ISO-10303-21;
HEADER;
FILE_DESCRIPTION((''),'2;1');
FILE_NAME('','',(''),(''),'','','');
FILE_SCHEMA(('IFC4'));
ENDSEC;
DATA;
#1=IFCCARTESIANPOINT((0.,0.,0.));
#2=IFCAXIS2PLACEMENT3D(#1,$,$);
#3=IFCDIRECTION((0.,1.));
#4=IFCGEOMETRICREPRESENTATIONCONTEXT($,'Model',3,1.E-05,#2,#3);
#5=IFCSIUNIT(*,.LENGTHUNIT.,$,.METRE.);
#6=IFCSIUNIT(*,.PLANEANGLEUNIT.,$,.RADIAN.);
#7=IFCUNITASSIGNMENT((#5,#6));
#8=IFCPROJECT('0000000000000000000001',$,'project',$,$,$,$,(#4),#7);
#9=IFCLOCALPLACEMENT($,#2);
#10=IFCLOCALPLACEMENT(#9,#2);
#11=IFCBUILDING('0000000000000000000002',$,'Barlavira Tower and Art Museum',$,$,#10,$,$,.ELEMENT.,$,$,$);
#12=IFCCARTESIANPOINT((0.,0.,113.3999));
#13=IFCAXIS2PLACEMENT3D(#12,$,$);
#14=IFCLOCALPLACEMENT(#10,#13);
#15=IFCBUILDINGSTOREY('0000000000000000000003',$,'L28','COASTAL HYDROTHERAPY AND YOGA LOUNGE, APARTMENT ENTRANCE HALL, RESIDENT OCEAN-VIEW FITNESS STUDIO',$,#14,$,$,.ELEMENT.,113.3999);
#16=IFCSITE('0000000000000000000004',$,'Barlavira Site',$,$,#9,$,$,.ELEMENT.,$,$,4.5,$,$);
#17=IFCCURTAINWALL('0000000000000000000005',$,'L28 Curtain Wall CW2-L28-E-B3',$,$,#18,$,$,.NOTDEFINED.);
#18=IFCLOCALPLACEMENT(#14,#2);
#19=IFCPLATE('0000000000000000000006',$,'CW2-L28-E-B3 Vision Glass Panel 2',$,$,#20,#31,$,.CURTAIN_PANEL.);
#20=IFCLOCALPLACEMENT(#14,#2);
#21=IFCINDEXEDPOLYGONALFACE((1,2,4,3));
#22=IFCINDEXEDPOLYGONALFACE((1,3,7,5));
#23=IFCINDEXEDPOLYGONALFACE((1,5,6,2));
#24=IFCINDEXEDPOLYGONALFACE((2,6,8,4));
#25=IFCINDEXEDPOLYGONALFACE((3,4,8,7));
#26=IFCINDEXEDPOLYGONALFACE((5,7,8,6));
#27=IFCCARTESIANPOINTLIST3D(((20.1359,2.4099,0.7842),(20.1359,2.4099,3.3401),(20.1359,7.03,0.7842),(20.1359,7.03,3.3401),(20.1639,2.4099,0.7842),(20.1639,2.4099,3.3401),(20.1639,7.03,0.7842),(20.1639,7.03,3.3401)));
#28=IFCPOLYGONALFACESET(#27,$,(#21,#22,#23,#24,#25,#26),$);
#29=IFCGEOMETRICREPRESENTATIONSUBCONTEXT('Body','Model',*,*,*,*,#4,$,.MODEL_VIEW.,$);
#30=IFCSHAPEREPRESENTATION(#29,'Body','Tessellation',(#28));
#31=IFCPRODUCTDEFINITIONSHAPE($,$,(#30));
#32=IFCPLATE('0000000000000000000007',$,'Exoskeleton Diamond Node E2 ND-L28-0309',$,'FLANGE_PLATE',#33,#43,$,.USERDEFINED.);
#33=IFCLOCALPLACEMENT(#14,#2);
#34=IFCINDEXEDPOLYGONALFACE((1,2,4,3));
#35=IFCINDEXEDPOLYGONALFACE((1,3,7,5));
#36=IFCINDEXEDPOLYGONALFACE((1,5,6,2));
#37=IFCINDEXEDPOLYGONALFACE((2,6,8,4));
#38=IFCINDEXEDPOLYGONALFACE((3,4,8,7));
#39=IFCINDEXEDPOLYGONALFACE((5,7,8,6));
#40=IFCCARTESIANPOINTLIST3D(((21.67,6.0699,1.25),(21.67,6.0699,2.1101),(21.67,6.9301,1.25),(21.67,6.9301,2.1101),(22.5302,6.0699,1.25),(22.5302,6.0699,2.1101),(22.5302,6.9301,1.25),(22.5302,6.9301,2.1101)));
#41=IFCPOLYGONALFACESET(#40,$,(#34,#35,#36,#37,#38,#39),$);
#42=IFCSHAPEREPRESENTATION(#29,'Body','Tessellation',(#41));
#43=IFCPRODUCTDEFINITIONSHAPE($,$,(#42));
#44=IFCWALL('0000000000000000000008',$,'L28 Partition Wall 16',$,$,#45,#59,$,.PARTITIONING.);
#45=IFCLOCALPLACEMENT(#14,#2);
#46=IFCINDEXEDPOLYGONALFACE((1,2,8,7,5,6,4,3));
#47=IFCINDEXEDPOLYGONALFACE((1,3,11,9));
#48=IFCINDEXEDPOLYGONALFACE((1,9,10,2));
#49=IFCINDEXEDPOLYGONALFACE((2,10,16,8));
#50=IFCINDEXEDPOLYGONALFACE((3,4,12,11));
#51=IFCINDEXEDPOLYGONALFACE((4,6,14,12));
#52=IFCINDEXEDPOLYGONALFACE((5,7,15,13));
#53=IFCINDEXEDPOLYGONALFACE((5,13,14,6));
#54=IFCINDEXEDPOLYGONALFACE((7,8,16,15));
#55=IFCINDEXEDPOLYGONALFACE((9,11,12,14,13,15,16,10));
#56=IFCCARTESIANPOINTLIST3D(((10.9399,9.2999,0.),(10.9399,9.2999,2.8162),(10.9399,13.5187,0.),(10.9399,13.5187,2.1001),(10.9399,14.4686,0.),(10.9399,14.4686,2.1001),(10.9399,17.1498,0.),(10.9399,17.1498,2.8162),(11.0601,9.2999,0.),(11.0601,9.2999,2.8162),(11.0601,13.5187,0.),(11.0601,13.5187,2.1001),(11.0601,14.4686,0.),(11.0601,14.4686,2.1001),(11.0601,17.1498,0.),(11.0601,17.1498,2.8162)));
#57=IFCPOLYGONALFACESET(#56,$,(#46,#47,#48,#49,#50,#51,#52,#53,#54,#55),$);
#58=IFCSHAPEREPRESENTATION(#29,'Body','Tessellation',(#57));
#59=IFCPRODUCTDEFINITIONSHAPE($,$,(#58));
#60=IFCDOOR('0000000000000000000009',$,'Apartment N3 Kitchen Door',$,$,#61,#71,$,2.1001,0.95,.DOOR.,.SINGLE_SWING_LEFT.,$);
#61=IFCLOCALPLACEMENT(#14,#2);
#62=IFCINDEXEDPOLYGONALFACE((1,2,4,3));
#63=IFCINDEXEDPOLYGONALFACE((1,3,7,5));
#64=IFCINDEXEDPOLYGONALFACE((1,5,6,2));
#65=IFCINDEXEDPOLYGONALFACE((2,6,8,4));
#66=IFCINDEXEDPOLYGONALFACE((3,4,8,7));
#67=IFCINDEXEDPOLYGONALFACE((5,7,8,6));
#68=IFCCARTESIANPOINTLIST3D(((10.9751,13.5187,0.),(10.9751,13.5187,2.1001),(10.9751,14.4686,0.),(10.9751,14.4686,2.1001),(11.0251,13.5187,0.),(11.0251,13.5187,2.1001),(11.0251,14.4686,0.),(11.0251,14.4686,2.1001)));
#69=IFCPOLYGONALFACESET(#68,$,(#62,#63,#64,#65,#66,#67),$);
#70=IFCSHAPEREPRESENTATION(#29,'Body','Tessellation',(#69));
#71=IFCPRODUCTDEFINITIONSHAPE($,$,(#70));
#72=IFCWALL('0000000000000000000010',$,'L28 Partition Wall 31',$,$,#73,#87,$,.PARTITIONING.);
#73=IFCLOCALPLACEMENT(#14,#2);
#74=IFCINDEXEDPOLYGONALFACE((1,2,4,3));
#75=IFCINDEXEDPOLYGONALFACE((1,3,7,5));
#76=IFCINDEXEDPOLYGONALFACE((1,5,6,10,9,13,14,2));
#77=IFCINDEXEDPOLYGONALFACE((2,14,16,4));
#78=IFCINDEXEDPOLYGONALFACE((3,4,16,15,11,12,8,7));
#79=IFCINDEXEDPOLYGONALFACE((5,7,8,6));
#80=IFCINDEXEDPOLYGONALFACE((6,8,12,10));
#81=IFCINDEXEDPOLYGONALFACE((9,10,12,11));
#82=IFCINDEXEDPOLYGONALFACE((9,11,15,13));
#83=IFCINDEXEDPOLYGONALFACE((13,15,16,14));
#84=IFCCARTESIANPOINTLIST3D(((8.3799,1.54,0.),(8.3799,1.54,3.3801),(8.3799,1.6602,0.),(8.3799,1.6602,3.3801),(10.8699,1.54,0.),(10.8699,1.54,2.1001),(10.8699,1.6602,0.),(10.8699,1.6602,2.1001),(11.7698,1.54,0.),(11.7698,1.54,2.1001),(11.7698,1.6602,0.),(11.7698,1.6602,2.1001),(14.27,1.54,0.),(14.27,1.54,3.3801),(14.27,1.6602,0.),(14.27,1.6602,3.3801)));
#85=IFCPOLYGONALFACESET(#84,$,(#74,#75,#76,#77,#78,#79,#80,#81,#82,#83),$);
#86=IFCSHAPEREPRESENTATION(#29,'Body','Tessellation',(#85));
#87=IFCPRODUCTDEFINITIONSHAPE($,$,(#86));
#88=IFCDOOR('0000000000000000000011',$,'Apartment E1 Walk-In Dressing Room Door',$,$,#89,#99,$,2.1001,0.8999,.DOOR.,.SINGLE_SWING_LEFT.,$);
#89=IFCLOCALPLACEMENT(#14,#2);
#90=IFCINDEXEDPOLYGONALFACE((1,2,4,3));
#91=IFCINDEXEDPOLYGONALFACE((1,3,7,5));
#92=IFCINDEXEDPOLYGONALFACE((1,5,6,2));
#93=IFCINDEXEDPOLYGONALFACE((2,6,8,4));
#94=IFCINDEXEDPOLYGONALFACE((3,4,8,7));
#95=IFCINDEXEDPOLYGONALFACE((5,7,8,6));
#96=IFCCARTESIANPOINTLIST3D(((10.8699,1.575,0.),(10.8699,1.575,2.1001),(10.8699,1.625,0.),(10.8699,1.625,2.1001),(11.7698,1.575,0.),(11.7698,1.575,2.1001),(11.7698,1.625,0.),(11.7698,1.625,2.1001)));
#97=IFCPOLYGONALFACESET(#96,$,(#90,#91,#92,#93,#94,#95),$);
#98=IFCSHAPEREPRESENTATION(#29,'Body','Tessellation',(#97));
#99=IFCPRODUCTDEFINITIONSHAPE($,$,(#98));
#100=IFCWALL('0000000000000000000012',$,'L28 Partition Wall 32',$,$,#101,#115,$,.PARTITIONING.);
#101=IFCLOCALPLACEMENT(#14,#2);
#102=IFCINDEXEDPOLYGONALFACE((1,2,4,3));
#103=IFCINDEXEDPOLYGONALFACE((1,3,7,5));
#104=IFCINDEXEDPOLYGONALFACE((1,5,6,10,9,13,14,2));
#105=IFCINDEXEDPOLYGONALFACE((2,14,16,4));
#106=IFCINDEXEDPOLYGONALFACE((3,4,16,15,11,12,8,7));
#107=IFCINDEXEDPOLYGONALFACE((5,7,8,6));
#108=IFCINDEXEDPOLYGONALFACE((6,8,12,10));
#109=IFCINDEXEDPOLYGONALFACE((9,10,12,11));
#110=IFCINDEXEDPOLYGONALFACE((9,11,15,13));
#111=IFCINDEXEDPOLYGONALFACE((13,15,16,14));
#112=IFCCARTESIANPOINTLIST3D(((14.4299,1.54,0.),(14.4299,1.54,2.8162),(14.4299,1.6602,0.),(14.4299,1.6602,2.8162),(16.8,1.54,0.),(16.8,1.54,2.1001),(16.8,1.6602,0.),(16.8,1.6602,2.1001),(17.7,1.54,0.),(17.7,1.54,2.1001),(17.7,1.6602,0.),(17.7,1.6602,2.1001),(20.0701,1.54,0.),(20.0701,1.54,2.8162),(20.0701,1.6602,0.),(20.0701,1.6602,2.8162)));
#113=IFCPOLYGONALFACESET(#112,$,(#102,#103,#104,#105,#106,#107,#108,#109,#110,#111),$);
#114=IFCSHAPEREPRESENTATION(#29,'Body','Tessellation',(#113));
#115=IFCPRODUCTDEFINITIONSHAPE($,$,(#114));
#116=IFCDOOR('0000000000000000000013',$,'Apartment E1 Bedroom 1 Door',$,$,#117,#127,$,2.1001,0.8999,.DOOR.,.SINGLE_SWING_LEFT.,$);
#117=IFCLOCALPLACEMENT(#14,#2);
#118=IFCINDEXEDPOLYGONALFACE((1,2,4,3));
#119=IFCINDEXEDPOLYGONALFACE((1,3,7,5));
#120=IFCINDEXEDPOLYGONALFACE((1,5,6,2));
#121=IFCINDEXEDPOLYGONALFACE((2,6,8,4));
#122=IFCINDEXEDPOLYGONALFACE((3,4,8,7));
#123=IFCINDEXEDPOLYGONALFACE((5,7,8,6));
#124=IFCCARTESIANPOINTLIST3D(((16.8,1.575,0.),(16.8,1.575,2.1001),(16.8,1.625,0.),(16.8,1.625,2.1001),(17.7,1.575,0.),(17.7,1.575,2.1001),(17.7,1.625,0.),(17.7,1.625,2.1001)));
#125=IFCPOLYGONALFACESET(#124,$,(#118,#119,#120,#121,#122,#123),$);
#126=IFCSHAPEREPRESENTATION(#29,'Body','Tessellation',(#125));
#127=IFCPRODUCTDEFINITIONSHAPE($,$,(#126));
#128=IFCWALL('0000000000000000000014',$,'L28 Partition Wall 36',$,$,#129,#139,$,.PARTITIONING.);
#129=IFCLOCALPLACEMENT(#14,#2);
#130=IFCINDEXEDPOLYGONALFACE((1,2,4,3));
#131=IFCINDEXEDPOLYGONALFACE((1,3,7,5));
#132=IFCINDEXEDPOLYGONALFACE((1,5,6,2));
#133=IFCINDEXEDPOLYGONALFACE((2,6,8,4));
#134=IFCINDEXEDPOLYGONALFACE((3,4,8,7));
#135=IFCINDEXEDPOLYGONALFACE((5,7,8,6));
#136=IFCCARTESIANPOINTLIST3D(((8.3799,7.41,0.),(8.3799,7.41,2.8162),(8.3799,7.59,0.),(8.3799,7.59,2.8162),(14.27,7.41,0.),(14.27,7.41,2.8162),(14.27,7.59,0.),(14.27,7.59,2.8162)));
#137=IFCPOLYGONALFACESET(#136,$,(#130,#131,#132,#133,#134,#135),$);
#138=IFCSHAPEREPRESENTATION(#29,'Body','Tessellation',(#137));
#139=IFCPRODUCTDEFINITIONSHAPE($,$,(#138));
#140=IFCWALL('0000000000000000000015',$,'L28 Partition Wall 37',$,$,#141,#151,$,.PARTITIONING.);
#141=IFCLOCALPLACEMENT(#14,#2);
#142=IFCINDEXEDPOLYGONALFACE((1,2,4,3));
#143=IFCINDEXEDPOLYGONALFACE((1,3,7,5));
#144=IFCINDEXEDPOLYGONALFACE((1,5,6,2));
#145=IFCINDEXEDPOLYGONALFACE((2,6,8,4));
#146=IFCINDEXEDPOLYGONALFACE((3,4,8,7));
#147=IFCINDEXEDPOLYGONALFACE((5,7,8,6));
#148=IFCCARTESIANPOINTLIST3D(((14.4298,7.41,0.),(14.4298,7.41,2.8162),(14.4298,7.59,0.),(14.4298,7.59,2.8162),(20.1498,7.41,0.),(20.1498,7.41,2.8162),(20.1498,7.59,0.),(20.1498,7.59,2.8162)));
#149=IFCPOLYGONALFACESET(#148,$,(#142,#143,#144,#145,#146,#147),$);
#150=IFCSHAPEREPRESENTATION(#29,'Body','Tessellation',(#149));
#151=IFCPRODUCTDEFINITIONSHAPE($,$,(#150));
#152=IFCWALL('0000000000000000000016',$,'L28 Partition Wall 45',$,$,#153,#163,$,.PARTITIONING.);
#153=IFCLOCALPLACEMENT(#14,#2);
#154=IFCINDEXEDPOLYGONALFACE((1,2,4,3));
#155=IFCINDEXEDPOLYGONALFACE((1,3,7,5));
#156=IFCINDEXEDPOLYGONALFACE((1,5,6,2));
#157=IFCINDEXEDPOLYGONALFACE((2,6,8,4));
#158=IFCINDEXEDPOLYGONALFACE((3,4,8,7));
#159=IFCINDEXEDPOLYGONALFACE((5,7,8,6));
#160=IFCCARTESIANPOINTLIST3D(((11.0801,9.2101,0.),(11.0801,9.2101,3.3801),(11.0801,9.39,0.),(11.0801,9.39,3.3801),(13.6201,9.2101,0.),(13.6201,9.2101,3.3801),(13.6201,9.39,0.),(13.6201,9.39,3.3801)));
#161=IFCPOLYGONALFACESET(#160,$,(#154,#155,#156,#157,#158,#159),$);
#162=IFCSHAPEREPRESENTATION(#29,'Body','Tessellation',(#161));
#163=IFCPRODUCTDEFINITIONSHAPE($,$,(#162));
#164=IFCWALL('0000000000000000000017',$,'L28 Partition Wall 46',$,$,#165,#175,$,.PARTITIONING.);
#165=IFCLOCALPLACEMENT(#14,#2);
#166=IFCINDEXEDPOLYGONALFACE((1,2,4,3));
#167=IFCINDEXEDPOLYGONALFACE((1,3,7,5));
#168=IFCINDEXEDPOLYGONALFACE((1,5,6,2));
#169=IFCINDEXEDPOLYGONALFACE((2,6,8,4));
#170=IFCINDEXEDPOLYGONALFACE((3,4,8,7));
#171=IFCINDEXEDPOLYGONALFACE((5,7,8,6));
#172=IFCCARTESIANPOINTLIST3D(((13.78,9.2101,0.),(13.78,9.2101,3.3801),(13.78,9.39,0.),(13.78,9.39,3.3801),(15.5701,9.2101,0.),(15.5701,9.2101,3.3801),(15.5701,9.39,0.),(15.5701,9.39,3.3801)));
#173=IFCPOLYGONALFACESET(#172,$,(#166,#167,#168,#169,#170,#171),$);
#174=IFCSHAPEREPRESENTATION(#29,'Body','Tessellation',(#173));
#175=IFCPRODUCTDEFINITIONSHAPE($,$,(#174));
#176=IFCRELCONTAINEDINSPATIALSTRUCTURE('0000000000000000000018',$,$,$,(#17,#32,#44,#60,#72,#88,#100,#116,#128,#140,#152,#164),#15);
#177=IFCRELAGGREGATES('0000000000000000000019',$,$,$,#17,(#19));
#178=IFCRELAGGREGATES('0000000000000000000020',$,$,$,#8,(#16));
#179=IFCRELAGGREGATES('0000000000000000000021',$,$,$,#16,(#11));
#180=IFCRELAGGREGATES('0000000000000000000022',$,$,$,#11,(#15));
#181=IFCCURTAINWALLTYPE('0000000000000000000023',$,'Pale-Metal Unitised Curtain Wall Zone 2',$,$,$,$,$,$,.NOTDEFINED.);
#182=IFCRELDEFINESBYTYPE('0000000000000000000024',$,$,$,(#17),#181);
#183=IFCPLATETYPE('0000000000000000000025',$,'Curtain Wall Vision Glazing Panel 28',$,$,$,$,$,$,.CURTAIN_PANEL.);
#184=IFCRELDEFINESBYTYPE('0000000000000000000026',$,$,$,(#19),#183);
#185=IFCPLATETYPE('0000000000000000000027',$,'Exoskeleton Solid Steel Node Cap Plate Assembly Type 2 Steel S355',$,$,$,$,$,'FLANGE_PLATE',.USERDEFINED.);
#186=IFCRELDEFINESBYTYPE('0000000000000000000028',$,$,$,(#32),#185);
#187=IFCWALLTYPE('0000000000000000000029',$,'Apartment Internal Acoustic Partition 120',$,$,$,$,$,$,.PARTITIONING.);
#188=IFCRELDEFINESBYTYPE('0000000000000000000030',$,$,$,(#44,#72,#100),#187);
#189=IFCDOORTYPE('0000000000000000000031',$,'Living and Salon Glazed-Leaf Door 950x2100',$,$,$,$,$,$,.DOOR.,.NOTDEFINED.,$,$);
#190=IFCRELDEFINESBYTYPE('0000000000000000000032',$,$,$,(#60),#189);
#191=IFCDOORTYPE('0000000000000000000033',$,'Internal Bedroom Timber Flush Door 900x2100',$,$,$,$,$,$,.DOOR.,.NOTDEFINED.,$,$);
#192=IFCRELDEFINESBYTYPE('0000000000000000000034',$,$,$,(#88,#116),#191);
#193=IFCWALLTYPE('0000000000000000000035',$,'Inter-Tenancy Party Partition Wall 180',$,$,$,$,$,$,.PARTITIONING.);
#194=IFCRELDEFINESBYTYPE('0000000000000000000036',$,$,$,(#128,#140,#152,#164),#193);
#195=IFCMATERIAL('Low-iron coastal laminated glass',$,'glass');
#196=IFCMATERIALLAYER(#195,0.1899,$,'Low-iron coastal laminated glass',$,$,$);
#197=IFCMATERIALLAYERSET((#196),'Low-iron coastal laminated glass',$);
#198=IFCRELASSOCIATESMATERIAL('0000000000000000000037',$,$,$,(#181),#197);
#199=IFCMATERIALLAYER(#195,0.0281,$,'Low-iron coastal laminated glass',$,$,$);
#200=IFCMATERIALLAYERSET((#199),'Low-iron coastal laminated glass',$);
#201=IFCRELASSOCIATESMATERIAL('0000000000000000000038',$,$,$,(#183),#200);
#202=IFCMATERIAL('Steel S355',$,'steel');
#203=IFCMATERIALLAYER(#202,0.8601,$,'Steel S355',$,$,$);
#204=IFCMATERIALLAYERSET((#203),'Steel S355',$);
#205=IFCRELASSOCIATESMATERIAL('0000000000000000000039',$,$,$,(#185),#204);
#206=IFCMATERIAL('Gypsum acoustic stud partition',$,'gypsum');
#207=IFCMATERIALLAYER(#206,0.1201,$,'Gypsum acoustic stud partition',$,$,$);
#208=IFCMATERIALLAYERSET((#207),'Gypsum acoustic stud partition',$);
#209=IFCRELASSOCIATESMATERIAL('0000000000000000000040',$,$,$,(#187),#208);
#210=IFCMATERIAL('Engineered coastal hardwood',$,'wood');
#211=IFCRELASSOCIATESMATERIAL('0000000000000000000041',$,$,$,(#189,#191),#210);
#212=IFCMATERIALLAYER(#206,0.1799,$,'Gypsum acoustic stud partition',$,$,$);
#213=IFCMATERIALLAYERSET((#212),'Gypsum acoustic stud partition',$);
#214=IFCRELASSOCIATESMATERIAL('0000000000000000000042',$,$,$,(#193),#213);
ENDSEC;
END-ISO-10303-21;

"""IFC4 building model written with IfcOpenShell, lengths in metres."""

from ifc_helpers import new_model, si_unit, direction, frame, frame_2d, origin, origin_2d, place, context, subcontext, project, spatial, rectangle, extrude, material, layer, layer_set, type_object, element, fill, aggregate, save


model = new_model("IFC4")

# Units and contexts
model_context = context("Model", 3, precision=1e-05, world=origin(), true_north=direction((0.0, 1.0)))
body_context = subcontext(model_context, "Body", "Model", "MODEL_VIEW")
ifc_project = project(units=[si_unit("LENGTHUNIT", "METRE"), si_unit("PLANEANGLEUNIT", "RADIAN")], contexts=[model_context])

# Site, building, storey
site_placement = place(None, origin())
site = spatial("IfcSite", under=ifc_project, at=site_placement, Name="Barlavira Site", CompositionType="ELEMENT", RefElevation=4.5)
building_placement = place(site_placement, origin())
building = spatial("IfcBuilding", under=site, at=building_placement, Name="Barlavira Tower and Art Museum", CompositionType="ELEMENT")
storey_placement = place(building_placement, frame((0.0, 0.0, 113.3999)))
storey = spatial("IfcBuildingStorey", under=building, at=storey_placement, Name="L28", Description="COASTAL HYDROTHERAPY AND YOGA LOUNGE, APARTMENT ENTRANCE HALL, RESIDENT OCEAN-VIEW FITNESS STUDIO", CompositionType="ELEMENT", Elevation=113.3999)

# Curtain wall
ifc_material_1 = material(Name="Low-iron coastal laminated glass", Category="glass")
ifc_layer_1 = layer(ifc_material_1, 0.1899, Name="Low-iron coastal laminated glass")
ifc_layer_set_1 = layer_set([ifc_layer_1], Name="Low-iron coastal laminated glass")
curtain_wall_type = type_object("IfcCurtainWallType", Name="Pale-Metal Unitised Curtain Wall Zone 2", PredefinedType="NOTDEFINED", material=ifc_layer_set_1)
curtain_wall_placement = place(storey_placement, origin())
curtain_wall = element("IfcCurtainWall", 1, at=curtain_wall_placement, inside=storey, type_object=curtain_wall_type, Name="L28 Curtain Wall CW2-L28-E-B3", PredefinedType="NOTDEFINED")

# Shared definitions
ifc_material_2 = material(Name="Steel S355", Category="steel")

# Plates
ifc_layer_2 = layer(ifc_material_1, 0.0281, Name="Low-iron coastal laminated glass")
ifc_layer_set_2 = layer_set([ifc_layer_2], Name="Low-iron coastal laminated glass")
plate_type_1 = type_object("IfcPlateType", Name="Curtain Wall Vision Glazing Panel 28", PredefinedType="CURTAIN_PANEL", material=ifc_layer_set_2)
plate_1_placement = place(storey_placement, frame((20.1499, 4.72, 0.7842), z_axis=(0.0, 0.0, 1.0), x_axis=(0.0, 1.0, 0.0)))
plate_1 = element("IfcPlate", 2, at=plate_1_placement, type_object=plate_type_1, Name="CW2-L28-E-B3 Vision Glass Panel 2", PredefinedType="CURTAIN_PANEL", context=body_context, shape_type="SweptSolid", body=[
    extrude(rectangle(XDim=4.6201, YDim=0.0281, at=origin_2d()), origin(), (0.0, 0.0, 1.0), 2.5559),
])
aggregate(curtain_wall, [plate_1])
ifc_layer_3 = layer(ifc_material_2, 0.8601, Name="Steel S355")
ifc_layer_set_3 = layer_set([ifc_layer_3], Name="Steel S355")
plate_type_2 = type_object("IfcPlateType", Name="Exoskeleton Solid Steel Node Cap Plate Assembly Type 2 Steel S355", ElementType="FLANGE_PLATE", PredefinedType="USERDEFINED", material=ifc_layer_set_3)
plate_2_placement = place(storey_placement, frame((22.1001, 6.5, 1.25), z_axis=(0.0, 0.0, 1.0), x_axis=(1.0, 0.0, 0.0)))
element("IfcPlate", 3, at=plate_2_placement, inside=storey, type_object=plate_type_2, Name="Exoskeleton Diamond Node E2 ND-L28-0309", ObjectType="FLANGE_PLATE", PredefinedType="USERDEFINED", context=body_context, shape_type="SweptSolid", body=[
    extrude(rectangle(XDim=0.8601, YDim=0.8601, at=origin_2d()), origin(), (0.0, 0.0, 1.0), 0.8601),
])

# Walls, openings, doors
ifc_material_3 = material(Name="Gypsum acoustic stud partition", Category="gypsum")
ifc_layer_4 = layer(ifc_material_3, 0.1201, Name="Gypsum acoustic stud partition")
ifc_layer_set_4 = layer_set([ifc_layer_4], Name="Gypsum acoustic stud partition")
wall_type_1 = type_object("IfcWallType", Name="Apartment Internal Acoustic Partition 120", PredefinedType="PARTITIONING", material=ifc_layer_set_4)
wall_1_placement = place(storey_placement, frame((11.0, 9.3, 0.0), z_axis=(0.0, 0.0, 1.0), x_axis=(0.0, 1.0, 0.0)))
wall_1 = element("IfcWall", 4, at=wall_1_placement, inside=storey, type_object=wall_type_1, Name="L28 Partition Wall 16", PredefinedType="PARTITIONING", context=body_context, shape_type="SweptSolid", body=[
    extrude(rectangle(XDim=7.8499, YDim=0.1201, at=frame_2d((3.9248, 0.0))), origin(), (0.0, 0.0, 1.0), 2.8162),
])
opening_1_placement = place(wall_1_placement, frame((4.2185, 0.0, 0.0)))
opening_1 = element("IfcOpeningElement", 5, at=opening_1_placement, cuts=wall_1, PredefinedType="OPENING", context=body_context, shape_type="SweptSolid", body=[
    extrude(rectangle(XDim=0.95, YDim=2.1001, at=frame_2d((0.4751, 1.05))), frame((0.0, 0.0701, 0.0), z_axis=(0.0, -1.0, 0.0), x_axis=(1.0, 0.0, 0.0)), (0.0, 0.0, 1.0), 0.1401),
])
ifc_material_4 = material(Name="Engineered coastal hardwood", Category="wood")
door_type_1 = type_object("IfcDoorType", Name="Living and Salon Glazed-Leaf Door 950x2100", OperationType="NOTDEFINED", PredefinedType="DOOR", material=ifc_material_4)
door_1_placement = place(opening_1_placement, origin())
door_1 = element("IfcDoor", 6, at=door_1_placement, inside=storey, type_object=door_type_1, Name="Apartment N3 Kitchen Door", OperationType="SINGLE_SWING_LEFT", OverallHeight=2.1001, OverallWidth=0.95, PredefinedType="DOOR", context=body_context, shape_type="SweptSolid", body=[
    extrude(rectangle(XDim=0.95, YDim=2.1001, at=frame_2d((0.4751, 1.05))), frame((0.0, 0.0249, 0.0), z_axis=(0.0, -1.0, 0.0), x_axis=(1.0, 0.0, 0.0)), (0.0, 0.0, 1.0), 0.05),
])
fill(opening_1, door_1)
wall_2_placement = place(storey_placement, frame((8.3799, 1.6001, 0.0), z_axis=(0.0, 0.0, 1.0), x_axis=(1.0, 0.0, 0.0)))
wall_2 = element("IfcWall", 7, at=wall_2_placement, inside=storey, type_object=wall_type_1, Name="L28 Partition Wall 31", PredefinedType="PARTITIONING", context=body_context, shape_type="SweptSolid", body=[
    extrude(rectangle(XDim=5.8901, YDim=0.1201, at=frame_2d((2.9451, 0.0))), origin(), (0.0, 0.0, 1.0), 3.3801),
])
opening_2_placement = place(wall_2_placement, frame((2.49, 0.0, 0.0)))
opening_2 = element("IfcOpeningElement", 8, at=opening_2_placement, cuts=wall_2, PredefinedType="OPENING", context=body_context, shape_type="SweptSolid", body=[
    extrude(rectangle(XDim=0.8999, YDim=2.1001, at=frame_2d((0.45, 1.05))), frame((0.0, 0.0701, 0.0), z_axis=(0.0, -1.0, 0.0), x_axis=(1.0, 0.0, 0.0)), (0.0, 0.0, 1.0), 0.1401),
])
door_type_2 = type_object("IfcDoorType", Name="Internal Bedroom Timber Flush Door 900x2100", OperationType="NOTDEFINED", PredefinedType="DOOR", material=ifc_material_4)
door_2_placement = place(opening_2_placement, origin())
door_2 = element("IfcDoor", 9, at=door_2_placement, inside=storey, type_object=door_type_2, Name="Apartment E1 Walk-In Dressing Room Door", OperationType="SINGLE_SWING_LEFT", OverallHeight=2.1001, OverallWidth=0.8999, PredefinedType="DOOR", context=body_context, shape_type="SweptSolid", body=[
    extrude(rectangle(XDim=0.8999, YDim=2.1001, at=frame_2d((0.45, 1.05))), frame((0.0, 0.0249, 0.0), z_axis=(0.0, -1.0, 0.0), x_axis=(1.0, 0.0, 0.0)), (0.0, 0.0, 1.0), 0.05),
])
fill(opening_2, door_2)
wall_3_placement = place(storey_placement, frame((14.4299, 1.6001, 0.0), z_axis=(0.0, 0.0, 1.0), x_axis=(1.0, 0.0, 0.0)))
wall_3 = element("IfcWall", 10, at=wall_3_placement, inside=storey, type_object=wall_type_1, Name="L28 Partition Wall 32", PredefinedType="PARTITIONING", context=body_context, shape_type="SweptSolid", body=[
    extrude(rectangle(XDim=5.6401, YDim=0.1201, at=frame_2d((2.8201, 0.0))), origin(), (0.0, 0.0, 1.0), 2.8162),
])
opening_3_placement = place(wall_3_placement, frame((2.3701, 0.0, 0.0)))
opening_3 = element("IfcOpeningElement", 11, at=opening_3_placement, cuts=wall_3, PredefinedType="OPENING", context=body_context, shape_type="SweptSolid", body=[
    extrude(rectangle(XDim=0.8999, YDim=2.1001, at=frame_2d((0.45, 1.05))), frame((0.0, 0.0701, 0.0), z_axis=(0.0, -1.0, 0.0), x_axis=(1.0, 0.0, 0.0)), (0.0, 0.0, 1.0), 0.1401),
])
door_3_placement = place(opening_3_placement, origin())
door_3 = element("IfcDoor", 12, at=door_3_placement, inside=storey, type_object=door_type_2, Name="Apartment E1 Bedroom 1 Door", OperationType="SINGLE_SWING_LEFT", OverallHeight=2.1001, OverallWidth=0.8999, PredefinedType="DOOR", context=body_context, shape_type="SweptSolid", body=[
    extrude(rectangle(XDim=0.8999, YDim=2.1001, at=frame_2d((0.45, 1.05))), frame((0.0, 0.0249, 0.0), z_axis=(0.0, -1.0, 0.0), x_axis=(1.0, 0.0, 0.0)), (0.0, 0.0, 1.0), 0.05),
])
fill(opening_3, door_3)

# Walls
ifc_layer_5 = layer(ifc_material_3, 0.1799, Name="Gypsum acoustic stud partition")
ifc_layer_set_5 = layer_set([ifc_layer_5], Name="Gypsum acoustic stud partition")
wall_type_2 = type_object("IfcWallType", Name="Inter-Tenancy Party Partition Wall 180", PredefinedType="PARTITIONING", material=ifc_layer_set_5)
wall_4_placement = place(storey_placement, frame((8.3799, 7.5, 0.0), z_axis=(0.0, 0.0, 1.0), x_axis=(1.0, 0.0, 0.0)))
element("IfcWall", 13, at=wall_4_placement, inside=storey, type_object=wall_type_2, Name="L28 Partition Wall 36", PredefinedType="PARTITIONING", context=body_context, shape_type="SweptSolid", body=[
    extrude(rectangle(XDim=5.8901, YDim=0.1799, at=frame_2d((2.9451, 0.0))), origin(), (0.0, 0.0, 1.0), 2.8162),
])
wall_5_placement = place(storey_placement, frame((14.4299, 7.5, 0.0), z_axis=(0.0, 0.0, 1.0), x_axis=(1.0, 0.0, 0.0)))
element("IfcWall", 14, at=wall_5_placement, inside=storey, type_object=wall_type_2, Name="L28 Partition Wall 37", PredefinedType="PARTITIONING", context=body_context, shape_type="SweptSolid", body=[
    extrude(rectangle(XDim=5.72, YDim=0.1799, at=frame_2d((2.8599, 0.0))), origin(), (0.0, 0.0, 1.0), 2.8162),
])
wall_6_placement = place(storey_placement, frame((11.0801, 9.3, 0.0), z_axis=(0.0, 0.0, 1.0), x_axis=(1.0, 0.0, 0.0)))
element("IfcWall", 15, at=wall_6_placement, inside=storey, type_object=wall_type_2, Name="L28 Partition Wall 45", PredefinedType="PARTITIONING", context=body_context, shape_type="SweptSolid", body=[
    extrude(rectangle(XDim=2.54, YDim=0.1799, at=frame_2d((1.27, 0.0))), origin(), (0.0, 0.0, 1.0), 3.3801),
])
wall_7_placement = place(storey_placement, frame((13.78, 9.3, 0.0), z_axis=(0.0, 0.0, 1.0), x_axis=(1.0, 0.0, 0.0)))
element("IfcWall", 16, at=wall_7_placement, inside=storey, type_object=wall_type_2, Name="L28 Partition Wall 46", PredefinedType="PARTITIONING", context=body_context, shape_type="SweptSolid", body=[
    extrude(rectangle(XDim=1.79, YDim=0.1799, at=frame_2d((0.895, 0.0))), origin(), (0.0, 0.0, 1.0), 3.3801),
])

save(model, "model.ifc")
